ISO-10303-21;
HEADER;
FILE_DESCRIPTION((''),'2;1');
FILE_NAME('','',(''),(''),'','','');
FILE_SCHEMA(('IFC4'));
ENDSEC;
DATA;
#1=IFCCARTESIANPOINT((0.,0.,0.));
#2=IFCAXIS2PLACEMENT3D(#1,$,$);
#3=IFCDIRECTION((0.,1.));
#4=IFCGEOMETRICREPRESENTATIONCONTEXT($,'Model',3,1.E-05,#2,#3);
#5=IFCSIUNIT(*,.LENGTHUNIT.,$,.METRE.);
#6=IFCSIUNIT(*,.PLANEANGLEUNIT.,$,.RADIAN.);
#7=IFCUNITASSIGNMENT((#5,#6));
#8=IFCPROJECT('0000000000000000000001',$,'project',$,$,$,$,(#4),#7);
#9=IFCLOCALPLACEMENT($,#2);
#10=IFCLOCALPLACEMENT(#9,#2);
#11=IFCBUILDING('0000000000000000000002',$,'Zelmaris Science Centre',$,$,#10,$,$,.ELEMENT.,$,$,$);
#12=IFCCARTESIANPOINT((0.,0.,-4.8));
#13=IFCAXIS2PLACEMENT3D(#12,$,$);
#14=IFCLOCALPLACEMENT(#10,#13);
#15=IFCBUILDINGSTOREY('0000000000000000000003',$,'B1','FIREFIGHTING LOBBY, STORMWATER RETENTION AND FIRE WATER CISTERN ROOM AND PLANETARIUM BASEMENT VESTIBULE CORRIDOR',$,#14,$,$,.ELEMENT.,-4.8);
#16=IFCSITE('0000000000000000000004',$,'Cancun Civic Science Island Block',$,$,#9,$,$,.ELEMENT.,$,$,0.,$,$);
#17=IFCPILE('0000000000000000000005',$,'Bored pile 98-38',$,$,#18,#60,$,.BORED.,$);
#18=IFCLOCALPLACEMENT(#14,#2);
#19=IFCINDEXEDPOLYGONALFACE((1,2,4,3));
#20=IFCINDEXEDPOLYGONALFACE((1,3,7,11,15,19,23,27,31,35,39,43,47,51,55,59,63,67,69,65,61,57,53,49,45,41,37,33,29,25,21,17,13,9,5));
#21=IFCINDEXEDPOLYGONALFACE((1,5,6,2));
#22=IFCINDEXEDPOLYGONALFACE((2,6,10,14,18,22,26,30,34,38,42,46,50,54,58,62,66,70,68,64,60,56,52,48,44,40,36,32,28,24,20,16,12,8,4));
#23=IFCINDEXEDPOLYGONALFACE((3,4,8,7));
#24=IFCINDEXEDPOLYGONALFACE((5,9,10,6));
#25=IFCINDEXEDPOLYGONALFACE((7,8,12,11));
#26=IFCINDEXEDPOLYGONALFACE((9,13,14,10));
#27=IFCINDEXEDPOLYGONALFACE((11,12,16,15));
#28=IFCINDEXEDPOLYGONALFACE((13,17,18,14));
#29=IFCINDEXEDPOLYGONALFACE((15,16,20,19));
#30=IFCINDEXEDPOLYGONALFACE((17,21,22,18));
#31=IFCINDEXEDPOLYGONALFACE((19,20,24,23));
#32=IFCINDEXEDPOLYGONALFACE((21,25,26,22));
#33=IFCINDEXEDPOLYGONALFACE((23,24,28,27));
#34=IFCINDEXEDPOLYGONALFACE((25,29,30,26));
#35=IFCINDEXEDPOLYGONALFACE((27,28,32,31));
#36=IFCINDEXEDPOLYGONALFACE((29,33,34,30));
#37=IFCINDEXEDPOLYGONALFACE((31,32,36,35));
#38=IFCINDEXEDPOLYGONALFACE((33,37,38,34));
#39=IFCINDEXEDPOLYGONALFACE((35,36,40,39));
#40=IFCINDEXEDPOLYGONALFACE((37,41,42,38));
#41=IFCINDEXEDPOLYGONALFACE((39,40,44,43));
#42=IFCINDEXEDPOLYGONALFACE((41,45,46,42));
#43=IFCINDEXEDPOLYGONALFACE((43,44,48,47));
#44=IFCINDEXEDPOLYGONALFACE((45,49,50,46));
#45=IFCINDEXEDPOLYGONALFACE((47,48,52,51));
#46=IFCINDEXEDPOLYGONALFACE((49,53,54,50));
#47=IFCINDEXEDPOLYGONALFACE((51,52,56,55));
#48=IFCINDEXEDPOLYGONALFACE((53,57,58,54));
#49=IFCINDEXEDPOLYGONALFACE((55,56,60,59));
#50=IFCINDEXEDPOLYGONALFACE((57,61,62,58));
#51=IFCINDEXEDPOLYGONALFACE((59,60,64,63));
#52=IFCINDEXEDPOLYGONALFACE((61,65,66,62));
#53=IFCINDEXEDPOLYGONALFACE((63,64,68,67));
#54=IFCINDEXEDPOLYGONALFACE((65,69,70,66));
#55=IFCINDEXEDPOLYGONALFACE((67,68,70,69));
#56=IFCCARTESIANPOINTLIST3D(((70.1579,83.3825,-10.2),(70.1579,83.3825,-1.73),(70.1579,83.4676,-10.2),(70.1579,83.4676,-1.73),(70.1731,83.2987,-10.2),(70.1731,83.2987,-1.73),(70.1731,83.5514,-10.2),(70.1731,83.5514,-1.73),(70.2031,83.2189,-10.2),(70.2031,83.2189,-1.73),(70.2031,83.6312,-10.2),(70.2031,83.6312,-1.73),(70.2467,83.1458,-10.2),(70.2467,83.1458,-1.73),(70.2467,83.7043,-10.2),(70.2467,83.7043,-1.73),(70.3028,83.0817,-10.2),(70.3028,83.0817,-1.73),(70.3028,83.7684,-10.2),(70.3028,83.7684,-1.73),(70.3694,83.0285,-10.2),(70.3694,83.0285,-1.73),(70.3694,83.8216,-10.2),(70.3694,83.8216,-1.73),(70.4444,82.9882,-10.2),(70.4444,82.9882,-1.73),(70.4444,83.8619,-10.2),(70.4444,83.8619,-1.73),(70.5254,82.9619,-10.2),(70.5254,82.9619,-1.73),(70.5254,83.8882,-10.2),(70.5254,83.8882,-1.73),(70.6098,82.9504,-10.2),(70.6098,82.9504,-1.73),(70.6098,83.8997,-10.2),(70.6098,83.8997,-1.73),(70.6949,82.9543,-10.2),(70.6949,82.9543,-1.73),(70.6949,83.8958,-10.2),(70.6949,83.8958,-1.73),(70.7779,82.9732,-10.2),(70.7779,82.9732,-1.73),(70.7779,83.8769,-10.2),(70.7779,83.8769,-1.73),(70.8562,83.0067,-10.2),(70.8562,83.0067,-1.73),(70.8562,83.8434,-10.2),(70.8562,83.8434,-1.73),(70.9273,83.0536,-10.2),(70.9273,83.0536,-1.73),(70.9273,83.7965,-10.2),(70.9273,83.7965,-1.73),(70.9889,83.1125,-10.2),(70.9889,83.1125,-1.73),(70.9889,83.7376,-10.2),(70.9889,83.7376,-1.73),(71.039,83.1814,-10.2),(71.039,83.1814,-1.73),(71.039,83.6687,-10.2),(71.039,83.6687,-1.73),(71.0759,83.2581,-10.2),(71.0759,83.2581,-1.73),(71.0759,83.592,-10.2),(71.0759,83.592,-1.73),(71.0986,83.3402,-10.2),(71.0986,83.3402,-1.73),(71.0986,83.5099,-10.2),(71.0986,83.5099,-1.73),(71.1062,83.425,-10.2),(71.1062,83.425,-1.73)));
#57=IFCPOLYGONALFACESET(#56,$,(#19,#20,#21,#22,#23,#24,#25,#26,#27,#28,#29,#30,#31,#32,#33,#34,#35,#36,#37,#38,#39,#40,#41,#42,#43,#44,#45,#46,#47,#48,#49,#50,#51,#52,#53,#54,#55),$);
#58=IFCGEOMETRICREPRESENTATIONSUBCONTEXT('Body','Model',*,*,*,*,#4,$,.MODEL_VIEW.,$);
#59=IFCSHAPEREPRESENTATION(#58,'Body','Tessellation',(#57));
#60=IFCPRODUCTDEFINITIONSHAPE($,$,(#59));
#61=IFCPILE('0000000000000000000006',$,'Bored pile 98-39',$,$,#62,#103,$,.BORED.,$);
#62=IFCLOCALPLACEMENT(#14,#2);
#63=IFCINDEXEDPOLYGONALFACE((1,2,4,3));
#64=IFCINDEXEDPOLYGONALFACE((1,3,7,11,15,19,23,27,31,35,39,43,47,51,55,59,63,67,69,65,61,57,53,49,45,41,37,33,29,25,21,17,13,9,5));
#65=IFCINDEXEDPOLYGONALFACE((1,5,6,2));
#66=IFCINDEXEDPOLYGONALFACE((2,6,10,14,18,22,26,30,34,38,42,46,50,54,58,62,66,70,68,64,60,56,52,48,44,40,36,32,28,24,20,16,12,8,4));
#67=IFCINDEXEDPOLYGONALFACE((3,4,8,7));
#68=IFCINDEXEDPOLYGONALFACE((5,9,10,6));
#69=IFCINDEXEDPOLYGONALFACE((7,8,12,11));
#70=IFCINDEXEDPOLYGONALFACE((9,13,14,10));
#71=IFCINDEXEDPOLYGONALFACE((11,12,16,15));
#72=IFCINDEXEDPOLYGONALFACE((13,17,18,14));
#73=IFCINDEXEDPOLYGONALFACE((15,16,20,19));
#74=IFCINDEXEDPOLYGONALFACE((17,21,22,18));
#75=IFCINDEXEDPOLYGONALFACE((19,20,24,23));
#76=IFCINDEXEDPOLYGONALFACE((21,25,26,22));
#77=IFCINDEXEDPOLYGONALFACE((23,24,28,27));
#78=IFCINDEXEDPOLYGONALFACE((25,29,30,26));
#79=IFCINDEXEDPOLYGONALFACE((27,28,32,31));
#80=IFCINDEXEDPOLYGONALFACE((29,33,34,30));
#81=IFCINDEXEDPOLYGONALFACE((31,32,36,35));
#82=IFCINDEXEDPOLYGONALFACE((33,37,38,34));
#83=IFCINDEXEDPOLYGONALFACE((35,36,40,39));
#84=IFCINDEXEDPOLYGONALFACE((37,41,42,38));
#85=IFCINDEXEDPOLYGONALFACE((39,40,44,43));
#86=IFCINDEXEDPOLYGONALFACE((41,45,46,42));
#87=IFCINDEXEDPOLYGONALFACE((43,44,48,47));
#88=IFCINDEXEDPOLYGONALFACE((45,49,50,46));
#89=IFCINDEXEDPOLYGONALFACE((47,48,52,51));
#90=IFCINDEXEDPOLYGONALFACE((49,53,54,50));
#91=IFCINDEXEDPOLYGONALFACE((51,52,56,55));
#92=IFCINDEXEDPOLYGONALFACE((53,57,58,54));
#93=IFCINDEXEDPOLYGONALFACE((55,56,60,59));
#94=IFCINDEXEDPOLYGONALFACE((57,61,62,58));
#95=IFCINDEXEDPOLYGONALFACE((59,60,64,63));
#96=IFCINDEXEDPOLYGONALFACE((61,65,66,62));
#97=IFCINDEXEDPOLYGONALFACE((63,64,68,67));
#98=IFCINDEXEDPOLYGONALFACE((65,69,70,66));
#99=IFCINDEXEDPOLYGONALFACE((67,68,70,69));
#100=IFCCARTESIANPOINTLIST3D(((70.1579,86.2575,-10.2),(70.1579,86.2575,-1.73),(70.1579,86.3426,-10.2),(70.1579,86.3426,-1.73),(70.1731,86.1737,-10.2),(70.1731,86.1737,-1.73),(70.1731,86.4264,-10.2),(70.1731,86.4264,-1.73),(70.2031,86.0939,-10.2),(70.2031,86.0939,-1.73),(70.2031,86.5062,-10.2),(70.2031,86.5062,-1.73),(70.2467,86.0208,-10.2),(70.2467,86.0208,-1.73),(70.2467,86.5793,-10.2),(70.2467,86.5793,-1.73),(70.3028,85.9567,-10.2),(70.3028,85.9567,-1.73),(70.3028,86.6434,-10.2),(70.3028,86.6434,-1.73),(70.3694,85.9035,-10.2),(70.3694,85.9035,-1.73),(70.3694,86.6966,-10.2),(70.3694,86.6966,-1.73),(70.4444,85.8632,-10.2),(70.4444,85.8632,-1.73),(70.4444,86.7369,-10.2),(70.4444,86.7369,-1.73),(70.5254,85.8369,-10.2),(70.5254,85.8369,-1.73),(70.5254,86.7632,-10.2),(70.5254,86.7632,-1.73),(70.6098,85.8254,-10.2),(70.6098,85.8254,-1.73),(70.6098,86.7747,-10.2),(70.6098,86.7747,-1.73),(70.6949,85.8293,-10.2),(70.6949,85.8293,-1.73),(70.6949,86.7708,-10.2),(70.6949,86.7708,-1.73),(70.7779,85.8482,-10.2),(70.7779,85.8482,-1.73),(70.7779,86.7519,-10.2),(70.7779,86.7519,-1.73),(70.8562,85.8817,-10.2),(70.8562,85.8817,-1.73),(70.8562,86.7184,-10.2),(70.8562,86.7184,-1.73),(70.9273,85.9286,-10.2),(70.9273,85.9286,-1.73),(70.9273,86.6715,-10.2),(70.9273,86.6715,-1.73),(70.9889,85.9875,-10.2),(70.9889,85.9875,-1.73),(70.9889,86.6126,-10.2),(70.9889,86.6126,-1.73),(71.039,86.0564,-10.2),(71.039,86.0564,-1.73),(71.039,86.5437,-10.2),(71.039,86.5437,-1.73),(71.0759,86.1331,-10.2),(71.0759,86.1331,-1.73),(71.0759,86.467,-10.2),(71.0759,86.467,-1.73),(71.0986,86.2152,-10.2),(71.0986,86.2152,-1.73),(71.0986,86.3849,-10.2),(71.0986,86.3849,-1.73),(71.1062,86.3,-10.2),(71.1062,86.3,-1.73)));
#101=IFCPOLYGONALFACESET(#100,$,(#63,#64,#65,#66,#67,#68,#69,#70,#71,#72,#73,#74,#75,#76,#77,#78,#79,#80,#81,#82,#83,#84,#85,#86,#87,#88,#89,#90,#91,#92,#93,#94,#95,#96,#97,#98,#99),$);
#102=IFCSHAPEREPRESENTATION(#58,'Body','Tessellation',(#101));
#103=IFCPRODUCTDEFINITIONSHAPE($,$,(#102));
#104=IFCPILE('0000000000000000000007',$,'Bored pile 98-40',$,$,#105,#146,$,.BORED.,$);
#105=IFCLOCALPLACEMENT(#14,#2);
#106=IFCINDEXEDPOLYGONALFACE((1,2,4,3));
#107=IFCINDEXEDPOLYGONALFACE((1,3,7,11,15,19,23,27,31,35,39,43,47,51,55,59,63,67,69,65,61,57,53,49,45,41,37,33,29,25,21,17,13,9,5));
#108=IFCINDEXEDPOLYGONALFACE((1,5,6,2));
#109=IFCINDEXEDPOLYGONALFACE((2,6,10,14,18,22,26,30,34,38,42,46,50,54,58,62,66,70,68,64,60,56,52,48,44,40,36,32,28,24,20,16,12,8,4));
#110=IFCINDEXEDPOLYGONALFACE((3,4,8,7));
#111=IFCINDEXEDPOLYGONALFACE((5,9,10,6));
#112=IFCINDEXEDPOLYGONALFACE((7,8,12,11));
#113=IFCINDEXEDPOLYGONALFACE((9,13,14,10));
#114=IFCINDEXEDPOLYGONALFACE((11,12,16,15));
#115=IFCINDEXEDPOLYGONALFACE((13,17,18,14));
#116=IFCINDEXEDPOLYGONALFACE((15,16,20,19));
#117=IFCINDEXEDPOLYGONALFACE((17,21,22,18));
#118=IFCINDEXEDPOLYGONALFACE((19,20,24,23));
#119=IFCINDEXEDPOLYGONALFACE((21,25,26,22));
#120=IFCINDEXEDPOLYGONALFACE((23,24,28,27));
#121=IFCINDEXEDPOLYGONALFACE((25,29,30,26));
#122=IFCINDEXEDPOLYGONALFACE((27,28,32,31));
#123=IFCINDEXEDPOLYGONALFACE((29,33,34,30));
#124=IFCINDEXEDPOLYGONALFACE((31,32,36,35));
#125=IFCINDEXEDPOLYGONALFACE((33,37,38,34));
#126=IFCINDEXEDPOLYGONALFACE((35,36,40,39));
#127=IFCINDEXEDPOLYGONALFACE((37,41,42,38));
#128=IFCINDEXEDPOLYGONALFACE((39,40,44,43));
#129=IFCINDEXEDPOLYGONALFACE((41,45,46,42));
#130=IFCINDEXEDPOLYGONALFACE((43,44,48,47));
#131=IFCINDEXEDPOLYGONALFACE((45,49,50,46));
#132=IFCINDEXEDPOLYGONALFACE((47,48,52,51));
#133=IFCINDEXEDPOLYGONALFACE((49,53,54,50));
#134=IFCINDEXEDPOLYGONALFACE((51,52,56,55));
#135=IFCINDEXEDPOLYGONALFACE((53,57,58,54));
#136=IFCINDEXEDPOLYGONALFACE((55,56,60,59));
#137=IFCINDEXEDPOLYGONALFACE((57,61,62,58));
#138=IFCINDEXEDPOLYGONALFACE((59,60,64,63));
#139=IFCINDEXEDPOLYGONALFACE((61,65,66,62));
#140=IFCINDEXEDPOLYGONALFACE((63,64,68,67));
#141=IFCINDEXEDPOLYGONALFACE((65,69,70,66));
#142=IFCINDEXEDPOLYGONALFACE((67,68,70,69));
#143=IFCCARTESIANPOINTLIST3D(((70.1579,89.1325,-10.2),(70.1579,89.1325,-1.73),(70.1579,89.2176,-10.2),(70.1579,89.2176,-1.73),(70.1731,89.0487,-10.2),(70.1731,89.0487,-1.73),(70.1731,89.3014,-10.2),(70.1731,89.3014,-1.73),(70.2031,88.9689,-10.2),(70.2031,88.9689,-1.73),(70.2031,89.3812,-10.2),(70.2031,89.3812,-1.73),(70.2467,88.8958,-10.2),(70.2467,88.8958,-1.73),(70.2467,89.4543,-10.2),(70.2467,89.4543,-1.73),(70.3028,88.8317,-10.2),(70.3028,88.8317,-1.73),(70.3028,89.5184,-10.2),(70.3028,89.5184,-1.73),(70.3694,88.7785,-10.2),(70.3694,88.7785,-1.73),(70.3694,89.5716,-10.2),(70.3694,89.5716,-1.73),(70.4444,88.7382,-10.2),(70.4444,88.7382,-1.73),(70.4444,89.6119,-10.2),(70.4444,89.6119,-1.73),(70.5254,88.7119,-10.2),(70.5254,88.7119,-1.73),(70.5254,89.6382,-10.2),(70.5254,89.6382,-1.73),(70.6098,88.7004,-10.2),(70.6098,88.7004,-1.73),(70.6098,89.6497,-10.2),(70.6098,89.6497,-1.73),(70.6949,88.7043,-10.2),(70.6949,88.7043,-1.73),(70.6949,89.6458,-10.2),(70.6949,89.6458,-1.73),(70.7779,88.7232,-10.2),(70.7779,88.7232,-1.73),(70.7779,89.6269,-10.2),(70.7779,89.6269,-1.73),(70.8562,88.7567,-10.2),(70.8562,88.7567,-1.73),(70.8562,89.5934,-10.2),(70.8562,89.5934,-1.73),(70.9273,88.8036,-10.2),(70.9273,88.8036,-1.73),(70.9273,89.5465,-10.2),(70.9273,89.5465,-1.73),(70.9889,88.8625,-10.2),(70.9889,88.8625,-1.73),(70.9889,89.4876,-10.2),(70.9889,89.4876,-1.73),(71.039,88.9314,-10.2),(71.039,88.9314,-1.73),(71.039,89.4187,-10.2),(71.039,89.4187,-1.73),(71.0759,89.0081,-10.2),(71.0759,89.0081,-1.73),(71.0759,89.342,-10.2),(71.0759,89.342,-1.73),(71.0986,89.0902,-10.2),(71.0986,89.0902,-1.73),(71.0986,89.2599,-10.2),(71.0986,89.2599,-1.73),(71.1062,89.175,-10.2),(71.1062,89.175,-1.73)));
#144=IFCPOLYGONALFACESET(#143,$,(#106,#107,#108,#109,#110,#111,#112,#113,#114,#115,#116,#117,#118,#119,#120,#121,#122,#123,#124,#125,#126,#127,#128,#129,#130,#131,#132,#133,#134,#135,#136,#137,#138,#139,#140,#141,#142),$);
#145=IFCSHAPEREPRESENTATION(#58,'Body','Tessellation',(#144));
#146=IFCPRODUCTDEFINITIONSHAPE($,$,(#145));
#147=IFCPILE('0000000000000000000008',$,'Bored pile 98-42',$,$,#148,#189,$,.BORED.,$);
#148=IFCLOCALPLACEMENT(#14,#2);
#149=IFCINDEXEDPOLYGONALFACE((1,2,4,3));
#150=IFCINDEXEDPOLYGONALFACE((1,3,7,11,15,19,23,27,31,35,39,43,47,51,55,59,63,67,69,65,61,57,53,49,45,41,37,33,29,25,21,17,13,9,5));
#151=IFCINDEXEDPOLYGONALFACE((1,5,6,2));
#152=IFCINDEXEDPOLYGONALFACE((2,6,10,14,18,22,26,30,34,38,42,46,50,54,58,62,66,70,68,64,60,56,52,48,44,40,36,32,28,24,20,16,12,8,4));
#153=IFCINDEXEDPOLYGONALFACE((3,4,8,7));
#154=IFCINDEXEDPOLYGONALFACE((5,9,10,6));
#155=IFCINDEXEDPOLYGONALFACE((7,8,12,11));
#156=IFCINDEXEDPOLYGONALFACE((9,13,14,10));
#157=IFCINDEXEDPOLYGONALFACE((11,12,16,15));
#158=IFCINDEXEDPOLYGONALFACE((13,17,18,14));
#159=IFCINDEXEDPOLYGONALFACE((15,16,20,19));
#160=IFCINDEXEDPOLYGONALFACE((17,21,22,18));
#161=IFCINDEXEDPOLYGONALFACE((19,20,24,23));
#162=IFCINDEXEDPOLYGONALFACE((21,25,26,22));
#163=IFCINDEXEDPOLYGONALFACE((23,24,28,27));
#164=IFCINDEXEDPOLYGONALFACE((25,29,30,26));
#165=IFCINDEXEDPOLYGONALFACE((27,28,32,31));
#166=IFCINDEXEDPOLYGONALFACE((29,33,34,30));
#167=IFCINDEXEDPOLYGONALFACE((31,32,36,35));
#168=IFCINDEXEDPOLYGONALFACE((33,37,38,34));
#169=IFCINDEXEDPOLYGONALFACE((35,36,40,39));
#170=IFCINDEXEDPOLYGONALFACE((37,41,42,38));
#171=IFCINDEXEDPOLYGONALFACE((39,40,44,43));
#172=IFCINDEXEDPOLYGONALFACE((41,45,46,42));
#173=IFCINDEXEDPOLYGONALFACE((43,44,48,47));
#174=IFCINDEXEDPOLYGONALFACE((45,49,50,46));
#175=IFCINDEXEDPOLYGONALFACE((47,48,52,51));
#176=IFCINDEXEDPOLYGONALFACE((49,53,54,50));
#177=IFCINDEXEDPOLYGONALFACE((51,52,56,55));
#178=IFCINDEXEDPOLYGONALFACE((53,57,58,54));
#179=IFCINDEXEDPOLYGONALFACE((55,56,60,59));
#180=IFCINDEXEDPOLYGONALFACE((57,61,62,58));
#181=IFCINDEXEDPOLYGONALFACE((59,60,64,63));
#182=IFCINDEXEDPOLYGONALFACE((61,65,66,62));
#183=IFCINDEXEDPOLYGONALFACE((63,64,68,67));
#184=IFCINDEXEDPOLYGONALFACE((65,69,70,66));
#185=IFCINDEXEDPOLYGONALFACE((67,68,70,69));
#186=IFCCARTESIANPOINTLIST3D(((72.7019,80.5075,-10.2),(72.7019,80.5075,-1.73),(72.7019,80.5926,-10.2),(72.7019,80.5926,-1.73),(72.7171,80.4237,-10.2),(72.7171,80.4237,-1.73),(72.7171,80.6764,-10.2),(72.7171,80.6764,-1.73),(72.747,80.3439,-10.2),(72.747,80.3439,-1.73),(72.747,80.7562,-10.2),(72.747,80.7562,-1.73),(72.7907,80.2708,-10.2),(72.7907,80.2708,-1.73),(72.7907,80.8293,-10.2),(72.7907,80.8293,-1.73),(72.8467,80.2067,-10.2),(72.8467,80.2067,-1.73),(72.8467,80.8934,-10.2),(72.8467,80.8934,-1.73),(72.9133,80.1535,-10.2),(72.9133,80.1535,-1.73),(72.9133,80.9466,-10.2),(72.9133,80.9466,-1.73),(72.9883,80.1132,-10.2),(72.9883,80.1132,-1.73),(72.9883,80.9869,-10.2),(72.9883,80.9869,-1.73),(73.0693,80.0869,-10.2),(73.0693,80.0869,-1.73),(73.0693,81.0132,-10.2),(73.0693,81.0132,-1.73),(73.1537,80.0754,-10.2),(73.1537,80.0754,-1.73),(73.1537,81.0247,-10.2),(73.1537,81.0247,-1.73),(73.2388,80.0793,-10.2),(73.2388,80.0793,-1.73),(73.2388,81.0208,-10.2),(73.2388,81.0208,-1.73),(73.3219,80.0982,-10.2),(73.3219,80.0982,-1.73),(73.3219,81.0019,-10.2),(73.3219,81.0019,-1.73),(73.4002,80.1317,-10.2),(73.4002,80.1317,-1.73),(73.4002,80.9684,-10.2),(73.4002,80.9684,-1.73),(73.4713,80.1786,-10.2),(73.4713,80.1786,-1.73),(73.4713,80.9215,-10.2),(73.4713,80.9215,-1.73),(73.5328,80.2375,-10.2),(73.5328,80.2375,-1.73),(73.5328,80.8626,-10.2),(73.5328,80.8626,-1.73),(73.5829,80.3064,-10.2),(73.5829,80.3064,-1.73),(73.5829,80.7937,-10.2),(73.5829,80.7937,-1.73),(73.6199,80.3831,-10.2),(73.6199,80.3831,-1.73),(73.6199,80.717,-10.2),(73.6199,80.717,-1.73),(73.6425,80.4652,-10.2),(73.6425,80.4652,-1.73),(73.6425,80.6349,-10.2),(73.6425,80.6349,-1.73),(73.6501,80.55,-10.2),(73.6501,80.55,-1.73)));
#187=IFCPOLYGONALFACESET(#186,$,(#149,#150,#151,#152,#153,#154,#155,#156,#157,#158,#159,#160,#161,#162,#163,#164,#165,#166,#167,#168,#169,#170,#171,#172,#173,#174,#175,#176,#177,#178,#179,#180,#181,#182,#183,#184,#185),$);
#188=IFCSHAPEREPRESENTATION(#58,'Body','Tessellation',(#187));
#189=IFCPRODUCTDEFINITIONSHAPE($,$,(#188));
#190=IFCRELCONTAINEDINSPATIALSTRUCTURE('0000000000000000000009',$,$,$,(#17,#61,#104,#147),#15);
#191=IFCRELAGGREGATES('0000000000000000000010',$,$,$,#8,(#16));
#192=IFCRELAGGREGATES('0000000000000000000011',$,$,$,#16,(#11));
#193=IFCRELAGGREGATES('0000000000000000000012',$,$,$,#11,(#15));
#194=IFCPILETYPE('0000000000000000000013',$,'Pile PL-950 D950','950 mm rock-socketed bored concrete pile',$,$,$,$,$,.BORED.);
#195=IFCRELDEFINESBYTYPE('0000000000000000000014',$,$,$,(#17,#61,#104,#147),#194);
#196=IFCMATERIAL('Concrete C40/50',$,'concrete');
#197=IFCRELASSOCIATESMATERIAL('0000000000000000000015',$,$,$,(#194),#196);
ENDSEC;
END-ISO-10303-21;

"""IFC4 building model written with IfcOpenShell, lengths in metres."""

from ifc_helpers import new_model, si_unit, direction, frame, origin, origin_2d, place, context, subcontext, project, spatial, circle, extrude, material, material_profile, profile_set, type_object, element, save


model = new_model("IFC4")

# Units and contexts
model_context = context("Model", 3, precision=1e-05, world=origin(), true_north=direction((0.0, 1.0)))
body_context = subcontext(model_context, "Body", "Model", "MODEL_VIEW")
ifc_project = project(units=[si_unit("LENGTHUNIT", "METRE"), si_unit("PLANEANGLEUNIT", "RADIAN")], contexts=[model_context])

# Site, building, storey
site_placement = place(None, origin())
site = spatial("IfcSite", under=ifc_project, at=site_placement, Name="Cancun Civic Science Island Block", CompositionType="ELEMENT", RefElevation=0.0)
building_placement = place(site_placement, origin())
building = spatial("IfcBuilding", under=site, at=building_placement, Name="Zelmaris Science Centre", CompositionType="ELEMENT")
storey_placement = place(building_placement, frame((0.0, 0.0, -4.8)))
storey = spatial("IfcBuildingStorey", under=building, at=storey_placement, Name="B1", Description="FIREFIGHTING LOBBY, STORMWATER RETENTION AND FIRE WATER CISTERN ROOM AND PLANETARIUM BASEMENT VESTIBULE CORRIDOR", CompositionType="ELEMENT", Elevation=-4.8)

# Shared definitions
ifc_material_1 = material(Name="Concrete C40/50", Category="concrete")

# Piles
ifc_material_profile_1 = material_profile(ifc_material_1, circle(Radius=0.4751, at=origin_2d()), Name="PILE-950")
ifc_profile_set_1 = profile_set([ifc_material_profile_1], Name="Concrete C40/50")
pile_type_1 = type_object("IfcPileType", Name="Pile PL-950 D950", Description="950 mm rock-socketed bored concrete pile", PredefinedType="BORED", material=ifc_profile_set_1)
for number, where, z_axis, x_axis, name in (
    (1, (70.6311, 83.425, -1.73), (0.0, 0.0, -1.0), (1.0, 0.0, 0.0), "Bored pile 98-38"),
    (2, (70.6311, 86.3, -1.73), (0.0, 0.0, -1.0), (1.0, 0.0, 0.0), "Bored pile 98-39"),
    (3, (70.6311, 89.175, -1.73), (0.0, 0.0, -1.0), (1.0, 0.0, 0.0), "Bored pile 98-40"),
    (4, (73.175, 80.55, -1.73), (0.0, 0.0, -1.0), (1.0, 0.0, 0.0), "Bored pile 98-42"),
):
    element("IfcPile", number, at=place(storey_placement, frame(where, z_axis=z_axis, x_axis=x_axis)), inside=storey, type_object=pile_type_1, Name=name, PredefinedType="BORED", context=body_context, shape_type="SweptSolid", body=[
        extrude(circle(Radius=0.4751, at=origin_2d()), origin(), (0.0, 0.0, 1.0), 8.47),
    ])

save(model, "model.ifc")
